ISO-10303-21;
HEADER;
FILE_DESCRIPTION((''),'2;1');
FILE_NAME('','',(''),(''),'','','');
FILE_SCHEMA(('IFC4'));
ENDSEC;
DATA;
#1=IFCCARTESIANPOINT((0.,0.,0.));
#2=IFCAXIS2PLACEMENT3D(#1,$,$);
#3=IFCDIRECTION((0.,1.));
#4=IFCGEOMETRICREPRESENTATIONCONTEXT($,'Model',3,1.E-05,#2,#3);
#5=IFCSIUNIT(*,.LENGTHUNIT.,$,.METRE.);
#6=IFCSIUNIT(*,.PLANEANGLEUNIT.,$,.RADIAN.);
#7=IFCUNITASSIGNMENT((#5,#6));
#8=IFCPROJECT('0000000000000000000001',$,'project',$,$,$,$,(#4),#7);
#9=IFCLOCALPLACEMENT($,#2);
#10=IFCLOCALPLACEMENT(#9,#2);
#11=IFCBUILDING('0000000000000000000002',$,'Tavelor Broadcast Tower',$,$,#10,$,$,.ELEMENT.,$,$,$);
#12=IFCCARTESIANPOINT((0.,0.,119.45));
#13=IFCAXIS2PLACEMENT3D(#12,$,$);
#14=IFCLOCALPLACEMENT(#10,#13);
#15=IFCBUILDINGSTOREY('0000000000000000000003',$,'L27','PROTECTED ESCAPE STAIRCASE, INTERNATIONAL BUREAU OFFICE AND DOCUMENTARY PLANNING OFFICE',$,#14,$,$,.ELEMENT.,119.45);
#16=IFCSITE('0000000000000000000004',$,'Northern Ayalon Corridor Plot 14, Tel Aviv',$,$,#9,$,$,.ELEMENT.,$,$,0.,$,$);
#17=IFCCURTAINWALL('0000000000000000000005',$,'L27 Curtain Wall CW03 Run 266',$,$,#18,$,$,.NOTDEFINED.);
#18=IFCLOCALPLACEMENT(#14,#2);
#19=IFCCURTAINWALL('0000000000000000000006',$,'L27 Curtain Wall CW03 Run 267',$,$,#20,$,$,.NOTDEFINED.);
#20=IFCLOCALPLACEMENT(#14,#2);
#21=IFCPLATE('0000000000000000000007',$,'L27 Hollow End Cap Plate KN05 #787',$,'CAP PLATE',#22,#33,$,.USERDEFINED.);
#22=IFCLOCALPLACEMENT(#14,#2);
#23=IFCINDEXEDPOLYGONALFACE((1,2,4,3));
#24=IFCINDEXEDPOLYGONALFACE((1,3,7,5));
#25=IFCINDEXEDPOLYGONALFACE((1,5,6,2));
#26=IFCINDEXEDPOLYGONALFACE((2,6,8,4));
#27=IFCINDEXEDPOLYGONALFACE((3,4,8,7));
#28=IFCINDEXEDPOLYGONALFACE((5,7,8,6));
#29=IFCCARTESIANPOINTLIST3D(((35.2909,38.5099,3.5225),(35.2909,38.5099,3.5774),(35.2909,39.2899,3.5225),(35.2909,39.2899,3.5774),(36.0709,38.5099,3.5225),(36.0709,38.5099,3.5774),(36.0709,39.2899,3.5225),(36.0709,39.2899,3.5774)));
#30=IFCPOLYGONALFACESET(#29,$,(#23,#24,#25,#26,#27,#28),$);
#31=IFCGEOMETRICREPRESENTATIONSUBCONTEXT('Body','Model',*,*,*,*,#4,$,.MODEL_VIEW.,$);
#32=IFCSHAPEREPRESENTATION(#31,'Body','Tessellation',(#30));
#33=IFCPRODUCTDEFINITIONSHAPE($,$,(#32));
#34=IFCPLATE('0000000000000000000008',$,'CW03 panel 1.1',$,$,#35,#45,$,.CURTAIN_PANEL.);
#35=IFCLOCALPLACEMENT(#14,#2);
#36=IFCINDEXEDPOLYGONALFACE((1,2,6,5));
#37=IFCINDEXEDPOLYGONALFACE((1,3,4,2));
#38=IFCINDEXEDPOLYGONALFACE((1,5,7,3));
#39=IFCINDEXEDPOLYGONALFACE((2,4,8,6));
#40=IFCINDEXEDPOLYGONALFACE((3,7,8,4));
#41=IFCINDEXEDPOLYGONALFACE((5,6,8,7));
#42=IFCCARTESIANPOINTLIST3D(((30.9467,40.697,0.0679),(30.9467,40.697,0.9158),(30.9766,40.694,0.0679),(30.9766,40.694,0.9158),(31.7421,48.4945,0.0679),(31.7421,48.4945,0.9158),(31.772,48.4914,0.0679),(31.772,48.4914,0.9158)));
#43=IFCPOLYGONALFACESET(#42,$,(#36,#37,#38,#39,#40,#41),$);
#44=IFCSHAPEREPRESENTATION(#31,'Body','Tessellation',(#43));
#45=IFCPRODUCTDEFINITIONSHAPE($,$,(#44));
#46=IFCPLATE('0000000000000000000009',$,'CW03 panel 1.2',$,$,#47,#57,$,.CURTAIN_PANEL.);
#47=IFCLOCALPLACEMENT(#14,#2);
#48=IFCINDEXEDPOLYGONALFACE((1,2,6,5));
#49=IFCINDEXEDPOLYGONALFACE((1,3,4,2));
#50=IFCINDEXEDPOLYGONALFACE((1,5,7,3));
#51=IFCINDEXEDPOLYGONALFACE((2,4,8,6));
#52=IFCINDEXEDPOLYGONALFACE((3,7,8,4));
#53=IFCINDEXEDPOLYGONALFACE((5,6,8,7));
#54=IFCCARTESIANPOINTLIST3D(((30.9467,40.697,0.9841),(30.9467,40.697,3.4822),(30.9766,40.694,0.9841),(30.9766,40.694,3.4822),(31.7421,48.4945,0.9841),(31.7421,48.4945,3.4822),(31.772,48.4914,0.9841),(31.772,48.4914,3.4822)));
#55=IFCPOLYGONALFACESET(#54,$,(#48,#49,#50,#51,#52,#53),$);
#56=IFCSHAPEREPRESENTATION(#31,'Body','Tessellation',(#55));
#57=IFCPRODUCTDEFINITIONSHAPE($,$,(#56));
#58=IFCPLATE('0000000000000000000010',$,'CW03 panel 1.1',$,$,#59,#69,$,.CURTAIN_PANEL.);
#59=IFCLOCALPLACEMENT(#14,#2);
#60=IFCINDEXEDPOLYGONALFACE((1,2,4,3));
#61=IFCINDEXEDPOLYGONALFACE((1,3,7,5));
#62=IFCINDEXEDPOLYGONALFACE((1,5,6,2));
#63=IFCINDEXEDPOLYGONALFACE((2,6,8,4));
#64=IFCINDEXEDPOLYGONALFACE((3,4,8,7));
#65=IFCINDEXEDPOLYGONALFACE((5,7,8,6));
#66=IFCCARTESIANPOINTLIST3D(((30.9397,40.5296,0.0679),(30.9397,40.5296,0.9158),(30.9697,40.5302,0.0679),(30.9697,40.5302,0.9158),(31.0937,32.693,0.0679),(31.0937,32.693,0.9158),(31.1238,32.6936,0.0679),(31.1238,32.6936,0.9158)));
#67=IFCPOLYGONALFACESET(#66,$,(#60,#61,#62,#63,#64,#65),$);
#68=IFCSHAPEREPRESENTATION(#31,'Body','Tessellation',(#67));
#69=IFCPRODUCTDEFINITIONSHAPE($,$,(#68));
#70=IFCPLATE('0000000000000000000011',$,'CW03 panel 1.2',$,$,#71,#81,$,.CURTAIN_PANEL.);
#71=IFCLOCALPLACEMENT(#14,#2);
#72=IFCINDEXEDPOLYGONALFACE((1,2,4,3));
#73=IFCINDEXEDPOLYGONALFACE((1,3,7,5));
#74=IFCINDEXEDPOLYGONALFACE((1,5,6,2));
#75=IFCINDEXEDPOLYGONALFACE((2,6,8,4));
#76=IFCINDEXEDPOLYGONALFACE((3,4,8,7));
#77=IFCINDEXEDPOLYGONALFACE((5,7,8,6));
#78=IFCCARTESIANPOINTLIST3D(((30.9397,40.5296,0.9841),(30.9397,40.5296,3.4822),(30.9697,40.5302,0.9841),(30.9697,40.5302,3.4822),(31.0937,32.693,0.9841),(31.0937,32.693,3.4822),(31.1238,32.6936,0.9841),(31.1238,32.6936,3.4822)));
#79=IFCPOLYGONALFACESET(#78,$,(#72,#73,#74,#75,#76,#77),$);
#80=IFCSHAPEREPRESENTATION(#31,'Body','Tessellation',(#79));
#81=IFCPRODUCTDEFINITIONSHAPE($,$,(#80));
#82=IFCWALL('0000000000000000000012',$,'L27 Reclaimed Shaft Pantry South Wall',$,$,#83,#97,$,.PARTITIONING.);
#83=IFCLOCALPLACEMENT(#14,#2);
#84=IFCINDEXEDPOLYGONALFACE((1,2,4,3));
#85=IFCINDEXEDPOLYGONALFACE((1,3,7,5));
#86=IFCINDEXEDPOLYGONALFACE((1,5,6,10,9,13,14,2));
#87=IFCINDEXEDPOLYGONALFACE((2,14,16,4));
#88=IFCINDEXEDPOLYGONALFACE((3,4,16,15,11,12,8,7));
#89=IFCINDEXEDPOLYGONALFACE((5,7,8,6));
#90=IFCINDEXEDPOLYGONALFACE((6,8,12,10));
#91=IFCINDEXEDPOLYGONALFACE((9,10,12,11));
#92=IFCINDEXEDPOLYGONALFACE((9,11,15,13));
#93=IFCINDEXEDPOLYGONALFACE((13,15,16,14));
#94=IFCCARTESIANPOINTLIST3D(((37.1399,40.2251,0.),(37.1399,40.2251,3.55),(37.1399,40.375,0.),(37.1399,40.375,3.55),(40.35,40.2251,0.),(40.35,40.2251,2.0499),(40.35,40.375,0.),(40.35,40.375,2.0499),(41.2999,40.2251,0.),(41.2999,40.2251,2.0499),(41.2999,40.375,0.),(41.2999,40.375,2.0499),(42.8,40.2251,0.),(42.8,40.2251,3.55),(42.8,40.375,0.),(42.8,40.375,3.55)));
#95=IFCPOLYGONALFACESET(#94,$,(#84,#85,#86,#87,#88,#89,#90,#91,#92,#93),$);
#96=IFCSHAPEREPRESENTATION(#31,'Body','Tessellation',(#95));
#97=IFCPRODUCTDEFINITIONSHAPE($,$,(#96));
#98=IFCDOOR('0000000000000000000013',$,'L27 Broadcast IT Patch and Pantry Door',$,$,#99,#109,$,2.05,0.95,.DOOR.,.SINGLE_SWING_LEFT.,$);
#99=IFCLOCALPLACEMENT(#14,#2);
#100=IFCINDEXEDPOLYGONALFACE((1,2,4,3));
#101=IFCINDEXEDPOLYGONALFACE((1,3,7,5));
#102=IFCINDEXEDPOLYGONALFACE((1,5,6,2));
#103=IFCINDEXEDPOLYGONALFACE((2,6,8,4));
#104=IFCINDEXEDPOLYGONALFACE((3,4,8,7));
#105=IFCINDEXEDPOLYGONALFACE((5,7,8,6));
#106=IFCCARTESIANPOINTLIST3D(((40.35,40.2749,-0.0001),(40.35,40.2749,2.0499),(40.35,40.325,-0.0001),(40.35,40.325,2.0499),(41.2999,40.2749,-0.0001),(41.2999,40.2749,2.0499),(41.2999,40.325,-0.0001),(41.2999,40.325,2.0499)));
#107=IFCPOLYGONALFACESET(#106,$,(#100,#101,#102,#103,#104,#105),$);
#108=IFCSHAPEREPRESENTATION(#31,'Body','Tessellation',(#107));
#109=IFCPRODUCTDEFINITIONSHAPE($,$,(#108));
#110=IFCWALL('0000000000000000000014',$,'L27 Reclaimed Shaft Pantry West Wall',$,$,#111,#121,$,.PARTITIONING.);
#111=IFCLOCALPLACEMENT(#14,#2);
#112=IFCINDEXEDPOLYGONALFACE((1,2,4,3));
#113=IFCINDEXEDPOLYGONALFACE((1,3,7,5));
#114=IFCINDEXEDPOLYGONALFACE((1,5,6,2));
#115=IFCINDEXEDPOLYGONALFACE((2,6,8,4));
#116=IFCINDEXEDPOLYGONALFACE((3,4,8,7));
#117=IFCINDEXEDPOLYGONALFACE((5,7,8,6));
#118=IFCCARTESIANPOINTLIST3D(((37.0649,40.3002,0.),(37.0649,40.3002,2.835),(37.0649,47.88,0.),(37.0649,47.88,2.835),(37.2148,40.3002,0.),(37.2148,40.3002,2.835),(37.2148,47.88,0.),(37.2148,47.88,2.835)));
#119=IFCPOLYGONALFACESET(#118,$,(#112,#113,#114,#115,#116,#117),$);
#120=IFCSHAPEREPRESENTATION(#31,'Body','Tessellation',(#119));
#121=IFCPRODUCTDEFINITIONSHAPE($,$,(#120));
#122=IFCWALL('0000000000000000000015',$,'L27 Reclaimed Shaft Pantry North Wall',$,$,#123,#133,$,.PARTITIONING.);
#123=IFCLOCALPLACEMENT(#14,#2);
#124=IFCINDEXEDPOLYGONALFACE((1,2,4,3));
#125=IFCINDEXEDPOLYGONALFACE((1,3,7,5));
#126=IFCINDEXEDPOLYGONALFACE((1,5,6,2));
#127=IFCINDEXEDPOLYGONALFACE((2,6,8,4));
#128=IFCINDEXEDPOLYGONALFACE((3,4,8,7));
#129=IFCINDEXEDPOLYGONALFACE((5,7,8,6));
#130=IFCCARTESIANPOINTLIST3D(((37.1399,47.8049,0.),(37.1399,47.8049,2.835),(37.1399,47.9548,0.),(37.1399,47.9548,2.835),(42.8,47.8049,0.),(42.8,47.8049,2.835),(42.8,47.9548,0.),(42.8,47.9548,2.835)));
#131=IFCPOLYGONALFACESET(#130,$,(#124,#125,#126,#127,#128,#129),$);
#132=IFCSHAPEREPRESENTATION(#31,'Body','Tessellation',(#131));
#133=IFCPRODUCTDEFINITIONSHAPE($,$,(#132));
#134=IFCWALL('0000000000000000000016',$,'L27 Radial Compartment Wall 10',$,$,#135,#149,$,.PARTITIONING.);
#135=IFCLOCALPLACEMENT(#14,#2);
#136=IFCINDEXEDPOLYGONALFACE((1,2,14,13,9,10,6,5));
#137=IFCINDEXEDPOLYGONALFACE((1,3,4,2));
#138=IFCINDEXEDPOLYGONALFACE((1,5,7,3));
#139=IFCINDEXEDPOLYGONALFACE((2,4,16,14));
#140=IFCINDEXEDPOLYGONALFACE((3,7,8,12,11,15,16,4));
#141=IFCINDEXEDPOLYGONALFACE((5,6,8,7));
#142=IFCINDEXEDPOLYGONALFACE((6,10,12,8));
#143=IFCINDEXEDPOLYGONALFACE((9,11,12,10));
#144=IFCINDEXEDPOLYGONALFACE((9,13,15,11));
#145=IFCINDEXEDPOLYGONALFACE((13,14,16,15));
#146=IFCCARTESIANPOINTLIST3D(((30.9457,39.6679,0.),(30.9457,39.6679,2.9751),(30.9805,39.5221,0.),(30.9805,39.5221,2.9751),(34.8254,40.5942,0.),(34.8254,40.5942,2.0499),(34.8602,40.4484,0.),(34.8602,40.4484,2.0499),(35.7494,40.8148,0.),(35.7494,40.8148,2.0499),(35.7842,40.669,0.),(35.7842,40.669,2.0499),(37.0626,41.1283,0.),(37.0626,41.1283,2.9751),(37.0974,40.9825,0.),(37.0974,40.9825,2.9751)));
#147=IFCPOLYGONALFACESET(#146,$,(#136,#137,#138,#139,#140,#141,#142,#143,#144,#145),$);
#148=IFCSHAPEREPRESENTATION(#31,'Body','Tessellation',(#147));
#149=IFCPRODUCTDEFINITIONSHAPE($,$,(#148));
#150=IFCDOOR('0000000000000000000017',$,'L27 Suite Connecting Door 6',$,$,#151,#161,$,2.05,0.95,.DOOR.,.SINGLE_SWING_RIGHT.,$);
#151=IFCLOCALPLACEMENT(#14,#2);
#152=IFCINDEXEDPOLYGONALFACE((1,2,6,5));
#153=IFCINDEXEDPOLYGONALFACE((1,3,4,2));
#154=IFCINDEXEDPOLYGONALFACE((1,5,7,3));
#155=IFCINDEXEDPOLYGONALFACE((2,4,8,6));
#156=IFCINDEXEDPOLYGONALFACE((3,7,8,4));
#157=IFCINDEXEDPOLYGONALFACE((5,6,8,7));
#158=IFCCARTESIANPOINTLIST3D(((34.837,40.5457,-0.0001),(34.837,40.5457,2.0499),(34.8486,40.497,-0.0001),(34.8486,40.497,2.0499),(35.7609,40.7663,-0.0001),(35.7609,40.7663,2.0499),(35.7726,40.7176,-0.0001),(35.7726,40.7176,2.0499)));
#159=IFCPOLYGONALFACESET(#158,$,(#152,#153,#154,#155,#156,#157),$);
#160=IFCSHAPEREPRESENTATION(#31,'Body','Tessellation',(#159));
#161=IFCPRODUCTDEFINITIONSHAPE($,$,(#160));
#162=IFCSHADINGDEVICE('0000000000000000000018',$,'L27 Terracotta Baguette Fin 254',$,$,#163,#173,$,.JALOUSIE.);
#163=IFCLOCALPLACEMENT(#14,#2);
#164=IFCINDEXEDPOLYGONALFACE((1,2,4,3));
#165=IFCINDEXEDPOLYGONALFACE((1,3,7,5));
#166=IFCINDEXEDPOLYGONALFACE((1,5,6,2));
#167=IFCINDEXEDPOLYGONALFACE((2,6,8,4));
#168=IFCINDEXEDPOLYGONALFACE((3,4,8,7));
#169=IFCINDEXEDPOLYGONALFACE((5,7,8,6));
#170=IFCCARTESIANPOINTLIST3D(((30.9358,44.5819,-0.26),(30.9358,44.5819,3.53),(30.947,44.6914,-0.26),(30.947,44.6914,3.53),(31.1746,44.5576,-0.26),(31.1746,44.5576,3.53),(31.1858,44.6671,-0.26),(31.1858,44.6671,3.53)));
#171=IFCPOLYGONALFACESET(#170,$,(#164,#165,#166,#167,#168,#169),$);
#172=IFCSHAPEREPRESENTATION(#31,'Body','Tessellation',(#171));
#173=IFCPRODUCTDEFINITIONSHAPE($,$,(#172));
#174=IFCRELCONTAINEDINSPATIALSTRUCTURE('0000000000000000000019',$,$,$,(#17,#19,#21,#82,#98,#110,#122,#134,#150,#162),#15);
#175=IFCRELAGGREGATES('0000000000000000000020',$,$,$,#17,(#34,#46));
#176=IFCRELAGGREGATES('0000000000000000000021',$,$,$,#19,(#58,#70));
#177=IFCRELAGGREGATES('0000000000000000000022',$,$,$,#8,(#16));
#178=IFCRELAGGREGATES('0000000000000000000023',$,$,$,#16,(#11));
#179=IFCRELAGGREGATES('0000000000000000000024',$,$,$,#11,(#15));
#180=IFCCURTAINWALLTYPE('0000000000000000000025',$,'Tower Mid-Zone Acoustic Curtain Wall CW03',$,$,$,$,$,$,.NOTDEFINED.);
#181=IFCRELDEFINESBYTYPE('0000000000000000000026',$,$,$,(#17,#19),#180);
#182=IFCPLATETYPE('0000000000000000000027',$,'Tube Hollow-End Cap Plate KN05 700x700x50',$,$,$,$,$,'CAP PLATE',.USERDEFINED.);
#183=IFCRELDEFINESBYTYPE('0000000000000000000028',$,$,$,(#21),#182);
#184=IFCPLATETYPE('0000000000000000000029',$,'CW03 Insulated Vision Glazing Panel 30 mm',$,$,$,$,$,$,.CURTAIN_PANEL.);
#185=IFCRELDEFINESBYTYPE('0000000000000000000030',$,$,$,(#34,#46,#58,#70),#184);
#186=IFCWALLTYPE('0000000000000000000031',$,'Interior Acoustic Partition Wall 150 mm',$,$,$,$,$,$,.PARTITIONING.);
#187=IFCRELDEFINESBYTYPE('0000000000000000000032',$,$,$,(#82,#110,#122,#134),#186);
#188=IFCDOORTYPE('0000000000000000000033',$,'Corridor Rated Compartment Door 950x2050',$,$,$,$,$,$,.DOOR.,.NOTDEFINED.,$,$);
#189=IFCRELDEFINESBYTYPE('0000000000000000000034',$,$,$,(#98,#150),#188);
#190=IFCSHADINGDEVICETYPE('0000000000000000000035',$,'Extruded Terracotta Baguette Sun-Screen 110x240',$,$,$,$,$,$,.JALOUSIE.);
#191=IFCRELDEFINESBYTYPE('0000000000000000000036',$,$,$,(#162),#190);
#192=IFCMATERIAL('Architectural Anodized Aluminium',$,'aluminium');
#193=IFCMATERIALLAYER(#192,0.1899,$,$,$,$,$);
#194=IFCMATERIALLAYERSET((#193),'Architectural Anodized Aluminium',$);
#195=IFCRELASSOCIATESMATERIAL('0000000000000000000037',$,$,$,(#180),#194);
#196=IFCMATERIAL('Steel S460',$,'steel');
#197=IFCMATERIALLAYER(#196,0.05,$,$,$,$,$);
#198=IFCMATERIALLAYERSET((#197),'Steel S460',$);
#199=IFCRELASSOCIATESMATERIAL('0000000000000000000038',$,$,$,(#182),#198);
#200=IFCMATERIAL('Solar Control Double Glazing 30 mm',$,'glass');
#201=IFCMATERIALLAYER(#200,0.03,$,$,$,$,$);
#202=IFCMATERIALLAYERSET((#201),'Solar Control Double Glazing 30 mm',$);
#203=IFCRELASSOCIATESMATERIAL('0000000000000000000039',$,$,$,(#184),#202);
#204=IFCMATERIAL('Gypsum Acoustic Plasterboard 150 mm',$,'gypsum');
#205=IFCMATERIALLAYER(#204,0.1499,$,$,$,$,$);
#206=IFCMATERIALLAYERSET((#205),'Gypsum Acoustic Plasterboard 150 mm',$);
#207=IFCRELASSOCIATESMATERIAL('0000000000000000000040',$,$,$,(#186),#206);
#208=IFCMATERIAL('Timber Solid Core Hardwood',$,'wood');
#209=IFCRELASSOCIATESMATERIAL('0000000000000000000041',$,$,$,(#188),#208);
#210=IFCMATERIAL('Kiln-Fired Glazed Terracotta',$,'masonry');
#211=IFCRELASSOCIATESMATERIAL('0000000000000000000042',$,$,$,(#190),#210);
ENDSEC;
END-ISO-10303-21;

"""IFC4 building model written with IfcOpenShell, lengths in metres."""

from ifc_helpers import new_model, si_unit, direction, frame, frame_2d, origin, origin_2d, place, context, subcontext, project, spatial, rectangle, extrude, source, transform, mapped, material, layer, layer_set, type_object, type_shapes, element, fill, aggregate, save


model = new_model("IFC4")

# Units and contexts
model_context = context("Model", 3, precision=1e-05, world=origin(), true_north=direction((0.0, 1.0)))
body_context = subcontext(model_context, "Body", "Model", "MODEL_VIEW")
ifc_project = project(units=[si_unit("LENGTHUNIT", "METRE"), si_unit("PLANEANGLEUNIT", "RADIAN")], contexts=[model_context])

# Site, building, storey
site_placement = place(None, origin())
site = spatial("IfcSite", under=ifc_project, at=site_placement, Name="Northern Ayalon Corridor Plot 14, Tel Aviv", CompositionType="ELEMENT", RefElevation=0.0)
building_placement = place(site_placement, origin())
building = spatial("IfcBuilding", under=site, at=building_placement, Name="Tavelor Broadcast Tower", CompositionType="ELEMENT")
storey_placement = place(building_placement, frame((0.0, 0.0, 119.45)))
storey = spatial("IfcBuildingStorey", under=building, at=storey_placement, Name="L27", Description="PROTECTED ESCAPE STAIRCASE, INTERNATIONAL BUREAU OFFICE AND DOCUMENTARY PLANNING OFFICE", CompositionType="ELEMENT", Elevation=119.45)

# Shared definitions
ifc_material_1 = material(Name="Steel S460", Category="steel")

# Curtain wall
ifc_material_2 = material(Name="Architectural Anodized Aluminium", Category="aluminium")
ifc_layer_1 = layer(ifc_material_2, 0.1899)
ifc_layer_set_1 = layer_set([ifc_layer_1], Name="Architectural Anodized Aluminium")
curtain_wall_type = type_object("IfcCurtainWallType", Name="Tower Mid-Zone Acoustic Curtain Wall CW03", PredefinedType="NOTDEFINED", material=ifc_layer_set_1)
curtain_wall_1_placement = place(storey_placement, origin())
curtain_wall_1 = element("IfcCurtainWall", 1, at=curtain_wall_1_placement, inside=storey, type_object=curtain_wall_type, Name="L27 Curtain Wall CW03 Run 266", PredefinedType="NOTDEFINED")

# Curtain wall
curtain_wall_2_placement = place(storey_placement, origin())
curtain_wall_2 = element("IfcCurtainWall", 2, at=curtain_wall_2_placement, inside=storey, type_object=curtain_wall_type, Name="L27 Curtain Wall CW03 Run 267", PredefinedType="NOTDEFINED")

# Plate
ifc_layer_2 = layer(ifc_material_1, 0.05)
ifc_layer_set_2 = layer_set([ifc_layer_2], Name="Steel S460")
plate_type_1 = type_object("IfcPlateType", Name="Tube Hollow-End Cap Plate KN05 700x700x50", ElementType="CAP PLATE", PredefinedType="USERDEFINED", material=ifc_layer_set_2)
shared_shape_1 = source(origin(), body_context, "Body", "SweptSolid", [
    extrude(rectangle(XDim=0.78, YDim=0.78, at=origin_2d()), origin(), (0.0, 0.0, 1.0), 0.0549),
])
type_shapes(plate_type_1, [shared_shape_1])
for number, where, z_axis, x_axis, name in (
    (3, (35.6809, 38.8999, 3.5225), (0.0, 0.0, 1.0), (1.0, 0.0, 0.0), "L27 Hollow End Cap Plate KN05 #787"),
):
    element("IfcPlate", number, at=place(storey_placement, frame(where, z_axis=z_axis, x_axis=x_axis)), inside=storey, type_object=plate_type_1, Name=name, ObjectType="CAP PLATE", PredefinedType="USERDEFINED", context=body_context, shape_type="MappedRepresentation", body=[
        mapped(shared_shape_1, transform((0.0, 0.0, 0.0), scale=1.0)),
    ])

# Plates
ifc_material_3 = material(Name="Solar Control Double Glazing 30 mm", Category="glass")
ifc_layer_3 = layer(ifc_material_3, 0.03)
ifc_layer_set_3 = layer_set([ifc_layer_3], Name="Solar Control Double Glazing 30 mm")
plate_type_2 = type_object("IfcPlateType", Name="CW03 Insulated Vision Glazing Panel 30 mm", PredefinedType="CURTAIN_PANEL", material=ifc_layer_set_3)
shared_shape_2 = source(origin(), body_context, "Body", "SweptSolid", [
    extrude(rectangle(XDim=7.8379, YDim=0.03, at=origin_2d()), origin(), (0.0, 0.0, 1.0), 0.8479),
])
plate_1_placement = place(storey_placement, frame((31.3594, 44.5942, 0.0679), z_axis=(0.0, 0.0, 1.0), x_axis=(-0.10148, -0.994838, 0.0)))
plate_1 = element("IfcPlate", 4, at=plate_1_placement, type_object=plate_type_2, Name="CW03 panel 1.1", PredefinedType="CURTAIN_PANEL", context=body_context, shape_type="MappedRepresentation", body=[
    mapped(shared_shape_2, transform((0.0, 0.0, 0.0), scale=1.0)),
])
shared_shape_3 = source(origin(), body_context, "Body", "SweptSolid", [
    extrude(rectangle(XDim=7.8379, YDim=0.03, at=origin_2d()), origin(), (0.0, 0.0, 1.0), 2.498),
])
plate_2_placement = place(storey_placement, frame((31.3594, 44.5942, 0.9841), z_axis=(0.0, 0.0, 1.0), x_axis=(-0.10148, -0.994838, 0.0)))
plate_2 = element("IfcPlate", 5, at=plate_2_placement, type_object=plate_type_2, Name="CW03 panel 1.2", PredefinedType="CURTAIN_PANEL", context=body_context, shape_type="MappedRepresentation", body=[
    mapped(shared_shape_3, transform((0.0, 0.0, 0.0), scale=1.0)),
])
aggregate(curtain_wall_1, [plate_1, plate_2])
shared_shape_4 = source(origin(), body_context, "Body", "SweptSolid", [
    extrude(rectangle(XDim=7.8381, YDim=0.03, at=origin_2d()), origin(), (0.0, 0.0, 1.0), 0.8479),
])
plate_3_placement = place(storey_placement, frame((31.0317, 36.6116, 0.0679), z_axis=(0.0, 0.0, 1.0), x_axis=(0.019651, -0.999807, 0.0)))
plate_3 = element("IfcPlate", 6, at=plate_3_placement, type_object=plate_type_2, Name="CW03 panel 1.1", PredefinedType="CURTAIN_PANEL", context=body_context, shape_type="MappedRepresentation", body=[
    mapped(shared_shape_4, transform((0.0, 0.0, 0.0), scale=1.0)),
])
shared_shape_5 = source(origin(), body_context, "Body", "SweptSolid", [
    extrude(rectangle(XDim=7.8381, YDim=0.03, at=origin_2d()), origin(), (0.0, 0.0, 1.0), 2.498),
])
type_shapes(plate_type_2, [shared_shape_2, shared_shape_3, shared_shape_4, shared_shape_5])
plate_4_placement = place(storey_placement, frame((31.0317, 36.6116, 0.9841), z_axis=(0.0, 0.0, 1.0), x_axis=(0.019651, -0.999807, 0.0)))
plate_4 = element("IfcPlate", 7, at=plate_4_placement, type_object=plate_type_2, Name="CW03 panel 1.2", PredefinedType="CURTAIN_PANEL", context=body_context, shape_type="MappedRepresentation", body=[
    mapped(shared_shape_5, transform((0.0, 0.0, 0.0), scale=1.0)),
])
aggregate(curtain_wall_2, [plate_3, plate_4])

# Wall, opening, door
ifc_material_4 = material(Name="Gypsum Acoustic Plasterboard 150 mm", Category="gypsum")
ifc_layer_4 = layer(ifc_material_4, 0.1499)
ifc_layer_set_4 = layer_set([ifc_layer_4], Name="Gypsum Acoustic Plasterboard 150 mm")
wall_type = type_object("IfcWallType", Name="Interior Acoustic Partition Wall 150 mm", PredefinedType="PARTITIONING", material=ifc_layer_set_4)
wall_1_placement = place(storey_placement, frame((37.1399, 40.3, 0.0), z_axis=(0.0, 0.0, 1.0), x_axis=(1.0, 0.0, 0.0)))
wall_1 = element("IfcWall", 8, at=wall_1_placement, inside=storey, type_object=wall_type, Name="L27 Reclaimed Shaft Pantry South Wall", PredefinedType="PARTITIONING", context=body_context, shape_type="SweptSolid", body=[
    extrude(rectangle(XDim=5.6602, YDim=0.1499, at=frame_2d((2.8301, 0.0))), origin(), (0.0, 0.0, 1.0), 3.55),
])
opening_1_placement = place(wall_1_placement, frame((3.21, 0.0, 0.0)))
opening_1 = element("IfcOpeningElement", 9, at=opening_1_placement, cuts=wall_1, PredefinedType="OPENING", context=body_context, shape_type="SweptSolid", body=[
    extrude(rectangle(XDim=0.95, YDim=2.05, at=frame_2d((0.4751, 1.0249))), frame((0.0, 0.085, 0.0), z_axis=(0.0, -1.0, 0.0), x_axis=(1.0, 0.0, 0.0)), (0.0, 0.0, 1.0), 0.1699),
])
ifc_material_5 = material(Name="Timber Solid Core Hardwood", Category="wood")
door_type = type_object("IfcDoorType", Name="Corridor Rated Compartment Door 950x2050", OperationType="NOTDEFINED", PredefinedType="DOOR", material=ifc_material_5)
door_1_placement = place(opening_1_placement, origin())
door_1 = element("IfcDoor", 10, at=door_1_placement, inside=storey, type_object=door_type, Name="L27 Broadcast IT Patch and Pantry Door", OperationType="SINGLE_SWING_LEFT", OverallHeight=2.05, OverallWidth=0.95, PredefinedType="DOOR", context=body_context, shape_type="SweptSolid", body=[
    extrude(rectangle(XDim=0.95, YDim=2.05, at=frame_2d((0.4751, 1.0249))), frame((0.0, 0.0249, 0.0), z_axis=(0.0, -1.0, 0.0), x_axis=(1.0, 0.0, 0.0)), (0.0, 0.0, 1.0), 0.05),
])
fill(opening_1, door_1)

# Walls
wall_2_placement = place(storey_placement, frame((37.1399, 40.3, 0.0), z_axis=(0.0, 0.0, 1.0), x_axis=(0.0, 1.0, 0.0)))
element("IfcWall", 11, at=wall_2_placement, inside=storey, type_object=wall_type, Name="L27 Reclaimed Shaft Pantry West Wall", PredefinedType="PARTITIONING", context=body_context, shape_type="SweptSolid", body=[
    extrude(rectangle(XDim=7.5798, YDim=0.1499, at=frame_2d((3.79, 0.0))), origin(), (0.0, 0.0, 1.0), 2.835),
])
wall_3_placement = place(storey_placement, frame((37.1399, 47.8799, 0.0), z_axis=(0.0, 0.0, 1.0), x_axis=(1.0, 0.0, 0.0)))
element("IfcWall", 12, at=wall_3_placement, inside=storey, type_object=wall_type, Name="L27 Reclaimed Shaft Pantry North Wall", PredefinedType="PARTITIONING", context=body_context, shape_type="SweptSolid", body=[
    extrude(rectangle(XDim=5.6602, YDim=0.1499, at=frame_2d((2.8301, 0.0))), origin(), (0.0, 0.0, 1.0), 2.835),
])

# Wall, opening, door
wall_4_placement = place(storey_placement, frame((37.0801, 41.0554, 0.0), z_axis=(0.0, 0.0, 1.0), x_axis=(-0.972661, -0.232228, 0.0)))
wall_4 = element("IfcWall", 13, at=wall_4_placement, inside=storey, type_object=wall_type, Name="L27 Radial Compartment Wall 10", PredefinedType="PARTITIONING", context=body_context, shape_type="SweptSolid", body=[
    extrude(rectangle(XDim=6.2888, YDim=0.1499, at=frame_2d((3.1445, 0.0))), origin(), (0.0, 0.0, 1.0), 2.9751),
])
opening_2_placement = place(wall_4_placement, frame((1.3501, 0.0, 0.0)))
opening_2 = element("IfcOpeningElement", 14, at=opening_2_placement, cuts=wall_4, PredefinedType="OPENING", context=body_context, shape_type="SweptSolid", body=[
    extrude(rectangle(XDim=0.95, YDim=2.05, at=frame_2d((0.4751, 1.0249))), frame((0.0, 0.085, 0.0), z_axis=(0.0, -1.0, 0.0), x_axis=(1.0, 0.0, 0.0)), (0.0, 0.0, 1.0), 0.1699),
])
door_2_placement = place(opening_2_placement, origin())
door_2 = element("IfcDoor", 15, at=door_2_placement, inside=storey, type_object=door_type, Name="L27 Suite Connecting Door 6", OperationType="SINGLE_SWING_RIGHT", OverallHeight=2.05, OverallWidth=0.95, PredefinedType="DOOR", context=body_context, shape_type="SweptSolid", body=[
    extrude(rectangle(XDim=0.95, YDim=2.05, at=frame_2d((0.4751, 1.0249))), frame((0.0, 0.0249, 0.0), z_axis=(0.0, -1.0, 0.0), x_axis=(1.0, 0.0, 0.0)), (0.0, 0.0, 1.0), 0.05),
])
fill(opening_2, door_2)

# Shading device
ifc_material_6 = material(Name="Kiln-Fired Glazed Terracotta", Category="masonry")
shading_device_type = type_object("IfcShadingDeviceType", Name="Extruded Terracotta Baguette Sun-Screen 110x240", PredefinedType="JALOUSIE", material=ifc_material_6)
shared_shape_6 = source(origin(), body_context, "Body", "SweptSolid", [
    extrude(rectangle(XDim=0.1101, YDim=0.24, at=origin_2d()), origin(), (0.0, 0.0, 1.0), 3.79),
])
type_shapes(shading_device_type, [shared_shape_6])
for number, where, z_axis, x_axis, name in (
    (16, (31.0608, 44.6245, -0.26), (0.0, 0.0, 1.0), (-0.101404, -0.994845, 0.0), "L27 Terracotta Baguette Fin 254"),
):
    element("IfcShadingDevice", number, at=place(storey_placement, frame(where, z_axis=z_axis, x_axis=x_axis)), inside=storey, type_object=shading_device_type, Name=name, PredefinedType="JALOUSIE", context=body_context, shape_type="MappedRepresentation", body=[
        mapped(shared_shape_6, transform((0.0, 0.0, 0.0), scale=1.0)),
    ])

save(model, "model.ifc")
